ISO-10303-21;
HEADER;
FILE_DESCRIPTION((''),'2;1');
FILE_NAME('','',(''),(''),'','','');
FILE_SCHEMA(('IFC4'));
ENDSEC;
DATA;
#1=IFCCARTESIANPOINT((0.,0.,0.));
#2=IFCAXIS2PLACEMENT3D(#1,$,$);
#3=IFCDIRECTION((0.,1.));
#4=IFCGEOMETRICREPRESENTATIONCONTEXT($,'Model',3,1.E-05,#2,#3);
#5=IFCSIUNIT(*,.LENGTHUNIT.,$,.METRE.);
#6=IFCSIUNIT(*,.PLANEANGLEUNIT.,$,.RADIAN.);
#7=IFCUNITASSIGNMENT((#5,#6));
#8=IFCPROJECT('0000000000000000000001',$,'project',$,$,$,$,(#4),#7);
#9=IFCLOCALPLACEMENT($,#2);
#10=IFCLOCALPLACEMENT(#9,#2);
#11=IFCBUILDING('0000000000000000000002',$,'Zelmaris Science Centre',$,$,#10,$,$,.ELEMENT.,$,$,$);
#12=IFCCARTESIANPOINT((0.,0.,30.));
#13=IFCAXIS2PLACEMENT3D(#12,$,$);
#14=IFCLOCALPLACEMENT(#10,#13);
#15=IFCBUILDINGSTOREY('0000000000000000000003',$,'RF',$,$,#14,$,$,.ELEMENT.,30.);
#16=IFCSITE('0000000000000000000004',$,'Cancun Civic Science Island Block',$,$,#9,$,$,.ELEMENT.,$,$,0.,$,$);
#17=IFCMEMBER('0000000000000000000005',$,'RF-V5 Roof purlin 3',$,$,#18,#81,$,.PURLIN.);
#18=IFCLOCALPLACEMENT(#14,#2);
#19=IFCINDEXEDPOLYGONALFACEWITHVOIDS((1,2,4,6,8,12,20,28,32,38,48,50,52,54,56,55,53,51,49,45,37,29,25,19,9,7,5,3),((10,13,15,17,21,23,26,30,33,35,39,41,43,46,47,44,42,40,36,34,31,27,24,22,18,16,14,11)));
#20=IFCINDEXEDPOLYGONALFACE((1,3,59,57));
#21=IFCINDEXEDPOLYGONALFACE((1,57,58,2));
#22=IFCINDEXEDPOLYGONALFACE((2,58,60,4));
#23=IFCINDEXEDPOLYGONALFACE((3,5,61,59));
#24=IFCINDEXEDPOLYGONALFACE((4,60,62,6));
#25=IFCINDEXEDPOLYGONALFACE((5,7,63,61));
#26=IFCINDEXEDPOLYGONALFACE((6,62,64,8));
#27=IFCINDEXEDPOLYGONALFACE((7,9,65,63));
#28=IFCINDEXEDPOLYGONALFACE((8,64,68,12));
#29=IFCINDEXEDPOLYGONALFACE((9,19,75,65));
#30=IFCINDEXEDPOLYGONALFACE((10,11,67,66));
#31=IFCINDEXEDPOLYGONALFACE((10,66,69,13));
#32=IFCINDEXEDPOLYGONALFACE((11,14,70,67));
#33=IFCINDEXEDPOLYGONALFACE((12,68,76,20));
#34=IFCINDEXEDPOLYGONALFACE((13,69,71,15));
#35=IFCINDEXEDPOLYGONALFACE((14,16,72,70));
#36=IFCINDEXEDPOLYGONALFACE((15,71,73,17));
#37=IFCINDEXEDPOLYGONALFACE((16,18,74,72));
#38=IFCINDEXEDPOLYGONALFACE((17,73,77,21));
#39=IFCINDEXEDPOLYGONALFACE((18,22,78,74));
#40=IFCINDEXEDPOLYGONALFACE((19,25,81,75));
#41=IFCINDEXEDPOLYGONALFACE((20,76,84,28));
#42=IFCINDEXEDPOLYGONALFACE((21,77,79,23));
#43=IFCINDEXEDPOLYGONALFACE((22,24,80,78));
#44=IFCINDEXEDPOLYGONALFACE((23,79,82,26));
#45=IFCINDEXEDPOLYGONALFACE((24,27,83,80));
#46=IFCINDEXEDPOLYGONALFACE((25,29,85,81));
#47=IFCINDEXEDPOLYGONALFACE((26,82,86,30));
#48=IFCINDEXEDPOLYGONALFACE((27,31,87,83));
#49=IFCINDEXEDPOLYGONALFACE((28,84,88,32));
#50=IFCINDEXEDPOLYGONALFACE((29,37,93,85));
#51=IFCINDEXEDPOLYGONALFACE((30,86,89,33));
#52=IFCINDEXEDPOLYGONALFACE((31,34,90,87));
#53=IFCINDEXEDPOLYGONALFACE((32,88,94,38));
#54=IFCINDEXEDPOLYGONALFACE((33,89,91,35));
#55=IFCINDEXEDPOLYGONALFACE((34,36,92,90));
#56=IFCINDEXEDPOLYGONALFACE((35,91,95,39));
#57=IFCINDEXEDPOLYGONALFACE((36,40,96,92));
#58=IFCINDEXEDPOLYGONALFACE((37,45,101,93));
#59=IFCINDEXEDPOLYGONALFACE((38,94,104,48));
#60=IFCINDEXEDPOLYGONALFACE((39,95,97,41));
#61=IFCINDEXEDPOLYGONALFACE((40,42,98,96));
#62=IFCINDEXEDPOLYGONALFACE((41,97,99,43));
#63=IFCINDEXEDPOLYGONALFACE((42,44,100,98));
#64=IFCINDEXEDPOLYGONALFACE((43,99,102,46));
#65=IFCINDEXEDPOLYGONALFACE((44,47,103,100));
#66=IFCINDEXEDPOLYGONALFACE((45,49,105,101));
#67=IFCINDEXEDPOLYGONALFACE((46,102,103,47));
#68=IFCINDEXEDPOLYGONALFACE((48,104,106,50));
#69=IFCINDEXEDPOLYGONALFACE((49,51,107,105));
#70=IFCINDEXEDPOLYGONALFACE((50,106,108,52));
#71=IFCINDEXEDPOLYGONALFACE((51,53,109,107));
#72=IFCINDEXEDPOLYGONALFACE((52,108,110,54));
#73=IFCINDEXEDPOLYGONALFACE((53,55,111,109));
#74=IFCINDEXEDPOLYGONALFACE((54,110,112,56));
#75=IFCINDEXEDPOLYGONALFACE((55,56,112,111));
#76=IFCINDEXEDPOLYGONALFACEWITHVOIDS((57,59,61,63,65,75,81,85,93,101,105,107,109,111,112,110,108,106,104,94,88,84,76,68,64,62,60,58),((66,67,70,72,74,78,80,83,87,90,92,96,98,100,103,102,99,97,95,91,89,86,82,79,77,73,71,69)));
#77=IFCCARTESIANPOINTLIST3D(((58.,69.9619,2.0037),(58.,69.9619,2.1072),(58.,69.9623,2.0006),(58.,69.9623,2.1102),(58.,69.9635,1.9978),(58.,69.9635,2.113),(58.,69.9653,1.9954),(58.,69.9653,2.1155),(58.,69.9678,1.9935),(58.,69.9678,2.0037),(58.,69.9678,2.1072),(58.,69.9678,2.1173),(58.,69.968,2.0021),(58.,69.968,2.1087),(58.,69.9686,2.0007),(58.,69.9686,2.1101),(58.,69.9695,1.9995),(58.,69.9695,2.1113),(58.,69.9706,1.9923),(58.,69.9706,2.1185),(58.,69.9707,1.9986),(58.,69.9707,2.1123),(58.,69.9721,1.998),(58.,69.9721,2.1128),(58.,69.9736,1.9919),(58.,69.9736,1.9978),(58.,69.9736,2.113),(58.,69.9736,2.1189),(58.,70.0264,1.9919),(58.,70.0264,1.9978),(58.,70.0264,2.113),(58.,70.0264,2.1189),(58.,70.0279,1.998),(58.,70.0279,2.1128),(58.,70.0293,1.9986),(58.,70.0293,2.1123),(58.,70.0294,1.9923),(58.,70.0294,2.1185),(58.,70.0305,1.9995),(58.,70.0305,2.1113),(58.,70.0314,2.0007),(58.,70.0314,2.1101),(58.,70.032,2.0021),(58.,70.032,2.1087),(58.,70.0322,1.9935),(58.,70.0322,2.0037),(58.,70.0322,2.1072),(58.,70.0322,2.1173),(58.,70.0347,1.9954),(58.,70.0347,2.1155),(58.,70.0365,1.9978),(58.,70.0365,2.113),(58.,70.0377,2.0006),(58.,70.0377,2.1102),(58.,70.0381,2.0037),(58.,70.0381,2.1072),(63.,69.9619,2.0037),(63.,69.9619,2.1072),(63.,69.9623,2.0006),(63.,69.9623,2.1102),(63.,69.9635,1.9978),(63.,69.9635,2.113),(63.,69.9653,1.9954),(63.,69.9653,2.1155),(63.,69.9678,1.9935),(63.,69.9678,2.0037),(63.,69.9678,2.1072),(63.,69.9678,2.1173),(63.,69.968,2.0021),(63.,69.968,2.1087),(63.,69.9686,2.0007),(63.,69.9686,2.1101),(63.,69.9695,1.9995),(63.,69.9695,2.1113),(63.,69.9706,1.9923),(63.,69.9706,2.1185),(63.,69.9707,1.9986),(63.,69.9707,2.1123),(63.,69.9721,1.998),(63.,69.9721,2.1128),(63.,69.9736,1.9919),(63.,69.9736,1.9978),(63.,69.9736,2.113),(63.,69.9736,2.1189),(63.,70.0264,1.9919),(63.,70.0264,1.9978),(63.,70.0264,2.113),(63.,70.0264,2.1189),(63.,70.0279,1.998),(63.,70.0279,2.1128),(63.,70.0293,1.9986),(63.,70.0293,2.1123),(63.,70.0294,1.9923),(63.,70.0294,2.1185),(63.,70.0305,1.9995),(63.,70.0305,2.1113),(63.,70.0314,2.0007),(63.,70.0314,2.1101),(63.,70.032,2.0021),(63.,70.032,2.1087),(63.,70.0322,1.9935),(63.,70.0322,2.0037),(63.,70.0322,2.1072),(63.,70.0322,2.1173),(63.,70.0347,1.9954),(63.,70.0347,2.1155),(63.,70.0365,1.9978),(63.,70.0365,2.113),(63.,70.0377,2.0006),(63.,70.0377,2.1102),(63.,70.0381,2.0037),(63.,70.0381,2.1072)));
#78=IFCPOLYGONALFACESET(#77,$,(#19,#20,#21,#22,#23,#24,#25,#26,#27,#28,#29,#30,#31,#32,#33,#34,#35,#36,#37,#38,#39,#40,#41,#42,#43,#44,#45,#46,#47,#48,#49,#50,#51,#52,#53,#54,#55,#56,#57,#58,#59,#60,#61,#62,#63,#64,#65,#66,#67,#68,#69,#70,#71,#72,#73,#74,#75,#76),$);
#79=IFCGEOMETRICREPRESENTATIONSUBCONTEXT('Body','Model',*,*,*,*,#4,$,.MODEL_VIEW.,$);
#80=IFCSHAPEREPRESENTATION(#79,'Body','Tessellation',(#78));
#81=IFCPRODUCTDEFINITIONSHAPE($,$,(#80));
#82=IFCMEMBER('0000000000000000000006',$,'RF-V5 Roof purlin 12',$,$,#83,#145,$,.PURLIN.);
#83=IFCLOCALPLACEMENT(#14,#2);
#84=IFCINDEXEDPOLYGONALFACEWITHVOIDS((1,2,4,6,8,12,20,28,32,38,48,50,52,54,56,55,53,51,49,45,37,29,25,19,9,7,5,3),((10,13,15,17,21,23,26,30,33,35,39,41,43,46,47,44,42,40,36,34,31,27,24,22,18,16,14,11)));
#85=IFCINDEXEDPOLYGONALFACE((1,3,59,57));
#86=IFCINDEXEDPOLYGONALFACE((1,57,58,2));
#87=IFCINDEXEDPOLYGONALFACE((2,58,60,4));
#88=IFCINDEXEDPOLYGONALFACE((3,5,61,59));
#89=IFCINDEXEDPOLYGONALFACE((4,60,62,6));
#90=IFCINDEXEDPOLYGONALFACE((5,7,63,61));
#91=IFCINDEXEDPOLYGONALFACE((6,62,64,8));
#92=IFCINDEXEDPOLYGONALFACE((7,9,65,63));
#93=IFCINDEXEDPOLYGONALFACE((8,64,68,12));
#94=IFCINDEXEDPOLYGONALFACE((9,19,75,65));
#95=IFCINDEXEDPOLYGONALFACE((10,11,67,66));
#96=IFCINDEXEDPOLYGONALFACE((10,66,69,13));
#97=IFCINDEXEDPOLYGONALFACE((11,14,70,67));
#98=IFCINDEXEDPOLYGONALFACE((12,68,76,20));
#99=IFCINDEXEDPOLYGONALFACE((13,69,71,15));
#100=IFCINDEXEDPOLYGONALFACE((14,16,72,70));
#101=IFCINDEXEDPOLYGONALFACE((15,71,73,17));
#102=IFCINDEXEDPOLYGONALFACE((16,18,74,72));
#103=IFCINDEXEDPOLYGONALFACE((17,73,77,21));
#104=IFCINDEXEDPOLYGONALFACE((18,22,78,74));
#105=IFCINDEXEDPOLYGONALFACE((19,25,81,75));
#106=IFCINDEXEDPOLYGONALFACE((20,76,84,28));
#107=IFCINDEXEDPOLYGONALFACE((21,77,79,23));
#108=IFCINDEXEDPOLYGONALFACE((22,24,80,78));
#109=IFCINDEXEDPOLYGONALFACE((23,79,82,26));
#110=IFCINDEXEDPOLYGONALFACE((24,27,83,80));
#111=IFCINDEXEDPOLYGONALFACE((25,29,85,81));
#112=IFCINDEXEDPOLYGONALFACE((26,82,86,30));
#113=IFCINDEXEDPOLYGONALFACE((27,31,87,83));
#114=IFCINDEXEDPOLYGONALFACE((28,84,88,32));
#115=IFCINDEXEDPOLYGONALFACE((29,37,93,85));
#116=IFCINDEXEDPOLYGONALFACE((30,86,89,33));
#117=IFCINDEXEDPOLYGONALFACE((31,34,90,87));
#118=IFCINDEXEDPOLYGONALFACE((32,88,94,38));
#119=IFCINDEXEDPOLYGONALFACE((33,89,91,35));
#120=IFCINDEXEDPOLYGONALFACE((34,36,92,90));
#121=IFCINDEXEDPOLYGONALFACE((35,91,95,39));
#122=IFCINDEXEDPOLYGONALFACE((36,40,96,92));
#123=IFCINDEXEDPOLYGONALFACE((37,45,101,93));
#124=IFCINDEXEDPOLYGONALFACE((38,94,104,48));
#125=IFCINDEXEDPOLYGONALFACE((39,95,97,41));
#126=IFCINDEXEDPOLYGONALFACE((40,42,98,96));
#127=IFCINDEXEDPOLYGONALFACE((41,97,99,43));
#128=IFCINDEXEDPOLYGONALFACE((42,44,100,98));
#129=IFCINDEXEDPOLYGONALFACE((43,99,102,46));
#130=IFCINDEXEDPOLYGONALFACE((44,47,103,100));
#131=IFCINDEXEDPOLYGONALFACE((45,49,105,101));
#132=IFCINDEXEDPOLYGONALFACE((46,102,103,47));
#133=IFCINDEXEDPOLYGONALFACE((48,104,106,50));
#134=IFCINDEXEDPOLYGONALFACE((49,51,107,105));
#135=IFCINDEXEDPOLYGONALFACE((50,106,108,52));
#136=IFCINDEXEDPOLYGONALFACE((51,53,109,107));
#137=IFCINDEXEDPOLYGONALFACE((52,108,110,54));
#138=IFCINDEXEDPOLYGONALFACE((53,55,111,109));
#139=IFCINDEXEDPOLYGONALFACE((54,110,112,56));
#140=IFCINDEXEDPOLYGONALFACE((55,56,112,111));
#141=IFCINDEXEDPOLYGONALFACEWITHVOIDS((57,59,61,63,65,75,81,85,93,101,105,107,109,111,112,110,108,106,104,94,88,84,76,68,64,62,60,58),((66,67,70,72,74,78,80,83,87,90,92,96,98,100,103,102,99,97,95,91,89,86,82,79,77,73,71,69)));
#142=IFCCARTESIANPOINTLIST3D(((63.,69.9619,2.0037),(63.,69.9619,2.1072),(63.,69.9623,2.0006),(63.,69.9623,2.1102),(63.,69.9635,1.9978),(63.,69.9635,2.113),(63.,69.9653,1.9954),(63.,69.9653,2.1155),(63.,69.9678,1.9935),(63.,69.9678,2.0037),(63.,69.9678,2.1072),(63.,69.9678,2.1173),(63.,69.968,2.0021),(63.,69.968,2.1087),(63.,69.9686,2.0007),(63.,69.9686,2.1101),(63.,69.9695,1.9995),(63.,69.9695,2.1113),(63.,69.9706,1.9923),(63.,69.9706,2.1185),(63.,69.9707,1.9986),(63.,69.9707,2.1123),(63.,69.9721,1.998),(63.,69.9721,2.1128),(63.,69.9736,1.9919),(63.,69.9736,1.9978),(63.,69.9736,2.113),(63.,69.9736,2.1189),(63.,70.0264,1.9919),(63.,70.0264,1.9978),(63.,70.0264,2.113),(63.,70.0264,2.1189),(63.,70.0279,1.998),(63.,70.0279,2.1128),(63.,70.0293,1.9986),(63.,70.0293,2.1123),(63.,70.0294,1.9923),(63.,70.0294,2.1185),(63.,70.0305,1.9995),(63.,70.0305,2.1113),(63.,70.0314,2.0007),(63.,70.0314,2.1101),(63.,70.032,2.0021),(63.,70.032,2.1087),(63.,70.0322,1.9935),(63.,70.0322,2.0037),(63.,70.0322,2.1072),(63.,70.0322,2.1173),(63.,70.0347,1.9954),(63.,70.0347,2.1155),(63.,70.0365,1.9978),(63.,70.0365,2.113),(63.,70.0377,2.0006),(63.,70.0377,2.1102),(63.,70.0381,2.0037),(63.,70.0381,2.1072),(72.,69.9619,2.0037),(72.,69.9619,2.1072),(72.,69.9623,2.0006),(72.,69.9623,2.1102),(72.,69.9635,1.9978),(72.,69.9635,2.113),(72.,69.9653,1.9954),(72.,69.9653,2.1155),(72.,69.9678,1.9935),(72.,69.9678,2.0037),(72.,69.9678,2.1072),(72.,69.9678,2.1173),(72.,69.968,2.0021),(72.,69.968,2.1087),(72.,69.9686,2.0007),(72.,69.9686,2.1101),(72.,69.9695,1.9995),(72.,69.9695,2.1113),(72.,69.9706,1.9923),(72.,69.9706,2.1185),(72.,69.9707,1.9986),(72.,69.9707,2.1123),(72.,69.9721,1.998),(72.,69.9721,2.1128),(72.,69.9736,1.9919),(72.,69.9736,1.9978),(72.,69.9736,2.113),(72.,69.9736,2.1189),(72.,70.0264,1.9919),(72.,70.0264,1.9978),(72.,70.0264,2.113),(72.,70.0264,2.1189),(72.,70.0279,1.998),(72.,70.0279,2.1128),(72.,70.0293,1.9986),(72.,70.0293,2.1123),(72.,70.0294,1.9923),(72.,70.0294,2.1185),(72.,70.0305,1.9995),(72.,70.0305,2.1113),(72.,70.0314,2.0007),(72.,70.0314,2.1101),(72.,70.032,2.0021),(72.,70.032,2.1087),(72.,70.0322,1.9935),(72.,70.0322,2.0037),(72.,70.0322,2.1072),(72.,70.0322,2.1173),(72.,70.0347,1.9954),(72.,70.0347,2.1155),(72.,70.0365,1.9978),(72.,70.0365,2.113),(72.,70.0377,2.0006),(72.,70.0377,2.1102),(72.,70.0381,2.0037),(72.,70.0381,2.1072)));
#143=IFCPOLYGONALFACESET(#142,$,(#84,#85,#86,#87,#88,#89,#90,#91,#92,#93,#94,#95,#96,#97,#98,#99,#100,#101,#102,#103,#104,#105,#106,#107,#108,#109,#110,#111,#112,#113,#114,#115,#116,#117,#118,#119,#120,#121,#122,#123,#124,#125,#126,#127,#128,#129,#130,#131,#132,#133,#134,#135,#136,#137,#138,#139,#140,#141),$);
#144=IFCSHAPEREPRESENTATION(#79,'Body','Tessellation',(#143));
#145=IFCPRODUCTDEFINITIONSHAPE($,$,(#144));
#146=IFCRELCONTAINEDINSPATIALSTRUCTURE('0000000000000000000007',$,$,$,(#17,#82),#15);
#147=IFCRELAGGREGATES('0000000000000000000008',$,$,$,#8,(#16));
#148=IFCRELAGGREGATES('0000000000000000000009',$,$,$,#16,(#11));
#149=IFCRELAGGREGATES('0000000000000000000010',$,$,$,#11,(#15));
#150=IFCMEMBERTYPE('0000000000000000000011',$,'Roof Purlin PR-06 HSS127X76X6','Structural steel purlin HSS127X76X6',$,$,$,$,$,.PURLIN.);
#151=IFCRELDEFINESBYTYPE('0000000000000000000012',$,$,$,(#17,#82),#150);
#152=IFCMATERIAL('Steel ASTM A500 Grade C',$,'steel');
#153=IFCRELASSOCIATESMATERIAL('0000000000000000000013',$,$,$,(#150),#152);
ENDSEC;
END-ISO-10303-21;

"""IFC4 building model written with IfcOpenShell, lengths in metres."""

from ifc_helpers import new_model, si_unit, direction, frame, origin, origin_2d, place, context, subcontext, project, spatial, hollow_rectangle, extrude, material, material_profile, profile_set, type_object, element, save


model = new_model("IFC4")

# Units and contexts
model_context = context("Model", 3, precision=1e-05, world=origin(), true_north=direction((0.0, 1.0)))
body_context = subcontext(model_context, "Body", "Model", "MODEL_VIEW")
ifc_project = project(units=[si_unit("LENGTHUNIT", "METRE"), si_unit("PLANEANGLEUNIT", "RADIAN")], contexts=[model_context])

# Site, building, storey
site_placement = place(None, origin())
site = spatial("IfcSite", under=ifc_project, at=site_placement, Name="Cancun Civic Science Island Block", CompositionType="ELEMENT", RefElevation=0.0)
building_placement = place(site_placement, origin())
building = spatial("IfcBuilding", under=site, at=building_placement, Name="Zelmaris Science Centre", CompositionType="ELEMENT")
storey_placement = place(building_placement, frame((0.0, 0.0, 30.0)))
storey = spatial("IfcBuildingStorey", under=building, at=storey_placement, Name="RF", CompositionType="ELEMENT", Elevation=30.0)

# Shared definitions
ifc_material_1 = material(Name="Steel ASTM A500 Grade C", Category="steel")

# Members
ifc_material_profile_1 = material_profile(ifc_material_1, hollow_rectangle(XDim=0.0762, YDim=0.127, WallThickness=0.0059, InnerFilletRadius=0.0059, OuterFilletRadius=0.0117, at=origin_2d()), Name="HSS127X76X6")
ifc_profile_set_1 = profile_set([ifc_material_profile_1], Name="Steel ASTM A500 Grade C")
member_type_1 = type_object("IfcMemberType", Name="Roof Purlin PR-06 HSS127X76X6", Description="Structural steel purlin HSS127X76X6", PredefinedType="PURLIN", material=ifc_profile_set_1)
member_1_placement = place(storey_placement, frame((58.0, 70.0, 2.0554), z_axis=(1.0, 0.0, 0.0), x_axis=(0.0, 1.0, 0.0)))
element("IfcMember", 1, at=member_1_placement, inside=storey, type_object=member_type_1, Name="RF-V5 Roof purlin 3", PredefinedType="PURLIN", context=body_context, shape_type="SweptSolid", body=[
    extrude(hollow_rectangle(XDim=0.0762, YDim=0.127, WallThickness=0.0059, InnerFilletRadius=0.0059, OuterFilletRadius=0.0117, at=origin_2d()), origin(), (0.0, 0.0, 1.0), 5.0),
])
member_2_placement = place(storey_placement, frame((63.0, 70.0, 2.0554), z_axis=(1.0, 0.0, 0.0), x_axis=(0.0, 1.0, 0.0)))
element("IfcMember", 2, at=member_2_placement, inside=storey, type_object=member_type_1, Name="RF-V5 Roof purlin 12", PredefinedType="PURLIN", context=body_context, shape_type="SweptSolid", body=[
    extrude(hollow_rectangle(XDim=0.0762, YDim=0.127, WallThickness=0.0059, InnerFilletRadius=0.0059, OuterFilletRadius=0.0117, at=origin_2d()), origin(), (0.0, 0.0, 1.0), 9.0),
])

save(model, "model.ifc")
